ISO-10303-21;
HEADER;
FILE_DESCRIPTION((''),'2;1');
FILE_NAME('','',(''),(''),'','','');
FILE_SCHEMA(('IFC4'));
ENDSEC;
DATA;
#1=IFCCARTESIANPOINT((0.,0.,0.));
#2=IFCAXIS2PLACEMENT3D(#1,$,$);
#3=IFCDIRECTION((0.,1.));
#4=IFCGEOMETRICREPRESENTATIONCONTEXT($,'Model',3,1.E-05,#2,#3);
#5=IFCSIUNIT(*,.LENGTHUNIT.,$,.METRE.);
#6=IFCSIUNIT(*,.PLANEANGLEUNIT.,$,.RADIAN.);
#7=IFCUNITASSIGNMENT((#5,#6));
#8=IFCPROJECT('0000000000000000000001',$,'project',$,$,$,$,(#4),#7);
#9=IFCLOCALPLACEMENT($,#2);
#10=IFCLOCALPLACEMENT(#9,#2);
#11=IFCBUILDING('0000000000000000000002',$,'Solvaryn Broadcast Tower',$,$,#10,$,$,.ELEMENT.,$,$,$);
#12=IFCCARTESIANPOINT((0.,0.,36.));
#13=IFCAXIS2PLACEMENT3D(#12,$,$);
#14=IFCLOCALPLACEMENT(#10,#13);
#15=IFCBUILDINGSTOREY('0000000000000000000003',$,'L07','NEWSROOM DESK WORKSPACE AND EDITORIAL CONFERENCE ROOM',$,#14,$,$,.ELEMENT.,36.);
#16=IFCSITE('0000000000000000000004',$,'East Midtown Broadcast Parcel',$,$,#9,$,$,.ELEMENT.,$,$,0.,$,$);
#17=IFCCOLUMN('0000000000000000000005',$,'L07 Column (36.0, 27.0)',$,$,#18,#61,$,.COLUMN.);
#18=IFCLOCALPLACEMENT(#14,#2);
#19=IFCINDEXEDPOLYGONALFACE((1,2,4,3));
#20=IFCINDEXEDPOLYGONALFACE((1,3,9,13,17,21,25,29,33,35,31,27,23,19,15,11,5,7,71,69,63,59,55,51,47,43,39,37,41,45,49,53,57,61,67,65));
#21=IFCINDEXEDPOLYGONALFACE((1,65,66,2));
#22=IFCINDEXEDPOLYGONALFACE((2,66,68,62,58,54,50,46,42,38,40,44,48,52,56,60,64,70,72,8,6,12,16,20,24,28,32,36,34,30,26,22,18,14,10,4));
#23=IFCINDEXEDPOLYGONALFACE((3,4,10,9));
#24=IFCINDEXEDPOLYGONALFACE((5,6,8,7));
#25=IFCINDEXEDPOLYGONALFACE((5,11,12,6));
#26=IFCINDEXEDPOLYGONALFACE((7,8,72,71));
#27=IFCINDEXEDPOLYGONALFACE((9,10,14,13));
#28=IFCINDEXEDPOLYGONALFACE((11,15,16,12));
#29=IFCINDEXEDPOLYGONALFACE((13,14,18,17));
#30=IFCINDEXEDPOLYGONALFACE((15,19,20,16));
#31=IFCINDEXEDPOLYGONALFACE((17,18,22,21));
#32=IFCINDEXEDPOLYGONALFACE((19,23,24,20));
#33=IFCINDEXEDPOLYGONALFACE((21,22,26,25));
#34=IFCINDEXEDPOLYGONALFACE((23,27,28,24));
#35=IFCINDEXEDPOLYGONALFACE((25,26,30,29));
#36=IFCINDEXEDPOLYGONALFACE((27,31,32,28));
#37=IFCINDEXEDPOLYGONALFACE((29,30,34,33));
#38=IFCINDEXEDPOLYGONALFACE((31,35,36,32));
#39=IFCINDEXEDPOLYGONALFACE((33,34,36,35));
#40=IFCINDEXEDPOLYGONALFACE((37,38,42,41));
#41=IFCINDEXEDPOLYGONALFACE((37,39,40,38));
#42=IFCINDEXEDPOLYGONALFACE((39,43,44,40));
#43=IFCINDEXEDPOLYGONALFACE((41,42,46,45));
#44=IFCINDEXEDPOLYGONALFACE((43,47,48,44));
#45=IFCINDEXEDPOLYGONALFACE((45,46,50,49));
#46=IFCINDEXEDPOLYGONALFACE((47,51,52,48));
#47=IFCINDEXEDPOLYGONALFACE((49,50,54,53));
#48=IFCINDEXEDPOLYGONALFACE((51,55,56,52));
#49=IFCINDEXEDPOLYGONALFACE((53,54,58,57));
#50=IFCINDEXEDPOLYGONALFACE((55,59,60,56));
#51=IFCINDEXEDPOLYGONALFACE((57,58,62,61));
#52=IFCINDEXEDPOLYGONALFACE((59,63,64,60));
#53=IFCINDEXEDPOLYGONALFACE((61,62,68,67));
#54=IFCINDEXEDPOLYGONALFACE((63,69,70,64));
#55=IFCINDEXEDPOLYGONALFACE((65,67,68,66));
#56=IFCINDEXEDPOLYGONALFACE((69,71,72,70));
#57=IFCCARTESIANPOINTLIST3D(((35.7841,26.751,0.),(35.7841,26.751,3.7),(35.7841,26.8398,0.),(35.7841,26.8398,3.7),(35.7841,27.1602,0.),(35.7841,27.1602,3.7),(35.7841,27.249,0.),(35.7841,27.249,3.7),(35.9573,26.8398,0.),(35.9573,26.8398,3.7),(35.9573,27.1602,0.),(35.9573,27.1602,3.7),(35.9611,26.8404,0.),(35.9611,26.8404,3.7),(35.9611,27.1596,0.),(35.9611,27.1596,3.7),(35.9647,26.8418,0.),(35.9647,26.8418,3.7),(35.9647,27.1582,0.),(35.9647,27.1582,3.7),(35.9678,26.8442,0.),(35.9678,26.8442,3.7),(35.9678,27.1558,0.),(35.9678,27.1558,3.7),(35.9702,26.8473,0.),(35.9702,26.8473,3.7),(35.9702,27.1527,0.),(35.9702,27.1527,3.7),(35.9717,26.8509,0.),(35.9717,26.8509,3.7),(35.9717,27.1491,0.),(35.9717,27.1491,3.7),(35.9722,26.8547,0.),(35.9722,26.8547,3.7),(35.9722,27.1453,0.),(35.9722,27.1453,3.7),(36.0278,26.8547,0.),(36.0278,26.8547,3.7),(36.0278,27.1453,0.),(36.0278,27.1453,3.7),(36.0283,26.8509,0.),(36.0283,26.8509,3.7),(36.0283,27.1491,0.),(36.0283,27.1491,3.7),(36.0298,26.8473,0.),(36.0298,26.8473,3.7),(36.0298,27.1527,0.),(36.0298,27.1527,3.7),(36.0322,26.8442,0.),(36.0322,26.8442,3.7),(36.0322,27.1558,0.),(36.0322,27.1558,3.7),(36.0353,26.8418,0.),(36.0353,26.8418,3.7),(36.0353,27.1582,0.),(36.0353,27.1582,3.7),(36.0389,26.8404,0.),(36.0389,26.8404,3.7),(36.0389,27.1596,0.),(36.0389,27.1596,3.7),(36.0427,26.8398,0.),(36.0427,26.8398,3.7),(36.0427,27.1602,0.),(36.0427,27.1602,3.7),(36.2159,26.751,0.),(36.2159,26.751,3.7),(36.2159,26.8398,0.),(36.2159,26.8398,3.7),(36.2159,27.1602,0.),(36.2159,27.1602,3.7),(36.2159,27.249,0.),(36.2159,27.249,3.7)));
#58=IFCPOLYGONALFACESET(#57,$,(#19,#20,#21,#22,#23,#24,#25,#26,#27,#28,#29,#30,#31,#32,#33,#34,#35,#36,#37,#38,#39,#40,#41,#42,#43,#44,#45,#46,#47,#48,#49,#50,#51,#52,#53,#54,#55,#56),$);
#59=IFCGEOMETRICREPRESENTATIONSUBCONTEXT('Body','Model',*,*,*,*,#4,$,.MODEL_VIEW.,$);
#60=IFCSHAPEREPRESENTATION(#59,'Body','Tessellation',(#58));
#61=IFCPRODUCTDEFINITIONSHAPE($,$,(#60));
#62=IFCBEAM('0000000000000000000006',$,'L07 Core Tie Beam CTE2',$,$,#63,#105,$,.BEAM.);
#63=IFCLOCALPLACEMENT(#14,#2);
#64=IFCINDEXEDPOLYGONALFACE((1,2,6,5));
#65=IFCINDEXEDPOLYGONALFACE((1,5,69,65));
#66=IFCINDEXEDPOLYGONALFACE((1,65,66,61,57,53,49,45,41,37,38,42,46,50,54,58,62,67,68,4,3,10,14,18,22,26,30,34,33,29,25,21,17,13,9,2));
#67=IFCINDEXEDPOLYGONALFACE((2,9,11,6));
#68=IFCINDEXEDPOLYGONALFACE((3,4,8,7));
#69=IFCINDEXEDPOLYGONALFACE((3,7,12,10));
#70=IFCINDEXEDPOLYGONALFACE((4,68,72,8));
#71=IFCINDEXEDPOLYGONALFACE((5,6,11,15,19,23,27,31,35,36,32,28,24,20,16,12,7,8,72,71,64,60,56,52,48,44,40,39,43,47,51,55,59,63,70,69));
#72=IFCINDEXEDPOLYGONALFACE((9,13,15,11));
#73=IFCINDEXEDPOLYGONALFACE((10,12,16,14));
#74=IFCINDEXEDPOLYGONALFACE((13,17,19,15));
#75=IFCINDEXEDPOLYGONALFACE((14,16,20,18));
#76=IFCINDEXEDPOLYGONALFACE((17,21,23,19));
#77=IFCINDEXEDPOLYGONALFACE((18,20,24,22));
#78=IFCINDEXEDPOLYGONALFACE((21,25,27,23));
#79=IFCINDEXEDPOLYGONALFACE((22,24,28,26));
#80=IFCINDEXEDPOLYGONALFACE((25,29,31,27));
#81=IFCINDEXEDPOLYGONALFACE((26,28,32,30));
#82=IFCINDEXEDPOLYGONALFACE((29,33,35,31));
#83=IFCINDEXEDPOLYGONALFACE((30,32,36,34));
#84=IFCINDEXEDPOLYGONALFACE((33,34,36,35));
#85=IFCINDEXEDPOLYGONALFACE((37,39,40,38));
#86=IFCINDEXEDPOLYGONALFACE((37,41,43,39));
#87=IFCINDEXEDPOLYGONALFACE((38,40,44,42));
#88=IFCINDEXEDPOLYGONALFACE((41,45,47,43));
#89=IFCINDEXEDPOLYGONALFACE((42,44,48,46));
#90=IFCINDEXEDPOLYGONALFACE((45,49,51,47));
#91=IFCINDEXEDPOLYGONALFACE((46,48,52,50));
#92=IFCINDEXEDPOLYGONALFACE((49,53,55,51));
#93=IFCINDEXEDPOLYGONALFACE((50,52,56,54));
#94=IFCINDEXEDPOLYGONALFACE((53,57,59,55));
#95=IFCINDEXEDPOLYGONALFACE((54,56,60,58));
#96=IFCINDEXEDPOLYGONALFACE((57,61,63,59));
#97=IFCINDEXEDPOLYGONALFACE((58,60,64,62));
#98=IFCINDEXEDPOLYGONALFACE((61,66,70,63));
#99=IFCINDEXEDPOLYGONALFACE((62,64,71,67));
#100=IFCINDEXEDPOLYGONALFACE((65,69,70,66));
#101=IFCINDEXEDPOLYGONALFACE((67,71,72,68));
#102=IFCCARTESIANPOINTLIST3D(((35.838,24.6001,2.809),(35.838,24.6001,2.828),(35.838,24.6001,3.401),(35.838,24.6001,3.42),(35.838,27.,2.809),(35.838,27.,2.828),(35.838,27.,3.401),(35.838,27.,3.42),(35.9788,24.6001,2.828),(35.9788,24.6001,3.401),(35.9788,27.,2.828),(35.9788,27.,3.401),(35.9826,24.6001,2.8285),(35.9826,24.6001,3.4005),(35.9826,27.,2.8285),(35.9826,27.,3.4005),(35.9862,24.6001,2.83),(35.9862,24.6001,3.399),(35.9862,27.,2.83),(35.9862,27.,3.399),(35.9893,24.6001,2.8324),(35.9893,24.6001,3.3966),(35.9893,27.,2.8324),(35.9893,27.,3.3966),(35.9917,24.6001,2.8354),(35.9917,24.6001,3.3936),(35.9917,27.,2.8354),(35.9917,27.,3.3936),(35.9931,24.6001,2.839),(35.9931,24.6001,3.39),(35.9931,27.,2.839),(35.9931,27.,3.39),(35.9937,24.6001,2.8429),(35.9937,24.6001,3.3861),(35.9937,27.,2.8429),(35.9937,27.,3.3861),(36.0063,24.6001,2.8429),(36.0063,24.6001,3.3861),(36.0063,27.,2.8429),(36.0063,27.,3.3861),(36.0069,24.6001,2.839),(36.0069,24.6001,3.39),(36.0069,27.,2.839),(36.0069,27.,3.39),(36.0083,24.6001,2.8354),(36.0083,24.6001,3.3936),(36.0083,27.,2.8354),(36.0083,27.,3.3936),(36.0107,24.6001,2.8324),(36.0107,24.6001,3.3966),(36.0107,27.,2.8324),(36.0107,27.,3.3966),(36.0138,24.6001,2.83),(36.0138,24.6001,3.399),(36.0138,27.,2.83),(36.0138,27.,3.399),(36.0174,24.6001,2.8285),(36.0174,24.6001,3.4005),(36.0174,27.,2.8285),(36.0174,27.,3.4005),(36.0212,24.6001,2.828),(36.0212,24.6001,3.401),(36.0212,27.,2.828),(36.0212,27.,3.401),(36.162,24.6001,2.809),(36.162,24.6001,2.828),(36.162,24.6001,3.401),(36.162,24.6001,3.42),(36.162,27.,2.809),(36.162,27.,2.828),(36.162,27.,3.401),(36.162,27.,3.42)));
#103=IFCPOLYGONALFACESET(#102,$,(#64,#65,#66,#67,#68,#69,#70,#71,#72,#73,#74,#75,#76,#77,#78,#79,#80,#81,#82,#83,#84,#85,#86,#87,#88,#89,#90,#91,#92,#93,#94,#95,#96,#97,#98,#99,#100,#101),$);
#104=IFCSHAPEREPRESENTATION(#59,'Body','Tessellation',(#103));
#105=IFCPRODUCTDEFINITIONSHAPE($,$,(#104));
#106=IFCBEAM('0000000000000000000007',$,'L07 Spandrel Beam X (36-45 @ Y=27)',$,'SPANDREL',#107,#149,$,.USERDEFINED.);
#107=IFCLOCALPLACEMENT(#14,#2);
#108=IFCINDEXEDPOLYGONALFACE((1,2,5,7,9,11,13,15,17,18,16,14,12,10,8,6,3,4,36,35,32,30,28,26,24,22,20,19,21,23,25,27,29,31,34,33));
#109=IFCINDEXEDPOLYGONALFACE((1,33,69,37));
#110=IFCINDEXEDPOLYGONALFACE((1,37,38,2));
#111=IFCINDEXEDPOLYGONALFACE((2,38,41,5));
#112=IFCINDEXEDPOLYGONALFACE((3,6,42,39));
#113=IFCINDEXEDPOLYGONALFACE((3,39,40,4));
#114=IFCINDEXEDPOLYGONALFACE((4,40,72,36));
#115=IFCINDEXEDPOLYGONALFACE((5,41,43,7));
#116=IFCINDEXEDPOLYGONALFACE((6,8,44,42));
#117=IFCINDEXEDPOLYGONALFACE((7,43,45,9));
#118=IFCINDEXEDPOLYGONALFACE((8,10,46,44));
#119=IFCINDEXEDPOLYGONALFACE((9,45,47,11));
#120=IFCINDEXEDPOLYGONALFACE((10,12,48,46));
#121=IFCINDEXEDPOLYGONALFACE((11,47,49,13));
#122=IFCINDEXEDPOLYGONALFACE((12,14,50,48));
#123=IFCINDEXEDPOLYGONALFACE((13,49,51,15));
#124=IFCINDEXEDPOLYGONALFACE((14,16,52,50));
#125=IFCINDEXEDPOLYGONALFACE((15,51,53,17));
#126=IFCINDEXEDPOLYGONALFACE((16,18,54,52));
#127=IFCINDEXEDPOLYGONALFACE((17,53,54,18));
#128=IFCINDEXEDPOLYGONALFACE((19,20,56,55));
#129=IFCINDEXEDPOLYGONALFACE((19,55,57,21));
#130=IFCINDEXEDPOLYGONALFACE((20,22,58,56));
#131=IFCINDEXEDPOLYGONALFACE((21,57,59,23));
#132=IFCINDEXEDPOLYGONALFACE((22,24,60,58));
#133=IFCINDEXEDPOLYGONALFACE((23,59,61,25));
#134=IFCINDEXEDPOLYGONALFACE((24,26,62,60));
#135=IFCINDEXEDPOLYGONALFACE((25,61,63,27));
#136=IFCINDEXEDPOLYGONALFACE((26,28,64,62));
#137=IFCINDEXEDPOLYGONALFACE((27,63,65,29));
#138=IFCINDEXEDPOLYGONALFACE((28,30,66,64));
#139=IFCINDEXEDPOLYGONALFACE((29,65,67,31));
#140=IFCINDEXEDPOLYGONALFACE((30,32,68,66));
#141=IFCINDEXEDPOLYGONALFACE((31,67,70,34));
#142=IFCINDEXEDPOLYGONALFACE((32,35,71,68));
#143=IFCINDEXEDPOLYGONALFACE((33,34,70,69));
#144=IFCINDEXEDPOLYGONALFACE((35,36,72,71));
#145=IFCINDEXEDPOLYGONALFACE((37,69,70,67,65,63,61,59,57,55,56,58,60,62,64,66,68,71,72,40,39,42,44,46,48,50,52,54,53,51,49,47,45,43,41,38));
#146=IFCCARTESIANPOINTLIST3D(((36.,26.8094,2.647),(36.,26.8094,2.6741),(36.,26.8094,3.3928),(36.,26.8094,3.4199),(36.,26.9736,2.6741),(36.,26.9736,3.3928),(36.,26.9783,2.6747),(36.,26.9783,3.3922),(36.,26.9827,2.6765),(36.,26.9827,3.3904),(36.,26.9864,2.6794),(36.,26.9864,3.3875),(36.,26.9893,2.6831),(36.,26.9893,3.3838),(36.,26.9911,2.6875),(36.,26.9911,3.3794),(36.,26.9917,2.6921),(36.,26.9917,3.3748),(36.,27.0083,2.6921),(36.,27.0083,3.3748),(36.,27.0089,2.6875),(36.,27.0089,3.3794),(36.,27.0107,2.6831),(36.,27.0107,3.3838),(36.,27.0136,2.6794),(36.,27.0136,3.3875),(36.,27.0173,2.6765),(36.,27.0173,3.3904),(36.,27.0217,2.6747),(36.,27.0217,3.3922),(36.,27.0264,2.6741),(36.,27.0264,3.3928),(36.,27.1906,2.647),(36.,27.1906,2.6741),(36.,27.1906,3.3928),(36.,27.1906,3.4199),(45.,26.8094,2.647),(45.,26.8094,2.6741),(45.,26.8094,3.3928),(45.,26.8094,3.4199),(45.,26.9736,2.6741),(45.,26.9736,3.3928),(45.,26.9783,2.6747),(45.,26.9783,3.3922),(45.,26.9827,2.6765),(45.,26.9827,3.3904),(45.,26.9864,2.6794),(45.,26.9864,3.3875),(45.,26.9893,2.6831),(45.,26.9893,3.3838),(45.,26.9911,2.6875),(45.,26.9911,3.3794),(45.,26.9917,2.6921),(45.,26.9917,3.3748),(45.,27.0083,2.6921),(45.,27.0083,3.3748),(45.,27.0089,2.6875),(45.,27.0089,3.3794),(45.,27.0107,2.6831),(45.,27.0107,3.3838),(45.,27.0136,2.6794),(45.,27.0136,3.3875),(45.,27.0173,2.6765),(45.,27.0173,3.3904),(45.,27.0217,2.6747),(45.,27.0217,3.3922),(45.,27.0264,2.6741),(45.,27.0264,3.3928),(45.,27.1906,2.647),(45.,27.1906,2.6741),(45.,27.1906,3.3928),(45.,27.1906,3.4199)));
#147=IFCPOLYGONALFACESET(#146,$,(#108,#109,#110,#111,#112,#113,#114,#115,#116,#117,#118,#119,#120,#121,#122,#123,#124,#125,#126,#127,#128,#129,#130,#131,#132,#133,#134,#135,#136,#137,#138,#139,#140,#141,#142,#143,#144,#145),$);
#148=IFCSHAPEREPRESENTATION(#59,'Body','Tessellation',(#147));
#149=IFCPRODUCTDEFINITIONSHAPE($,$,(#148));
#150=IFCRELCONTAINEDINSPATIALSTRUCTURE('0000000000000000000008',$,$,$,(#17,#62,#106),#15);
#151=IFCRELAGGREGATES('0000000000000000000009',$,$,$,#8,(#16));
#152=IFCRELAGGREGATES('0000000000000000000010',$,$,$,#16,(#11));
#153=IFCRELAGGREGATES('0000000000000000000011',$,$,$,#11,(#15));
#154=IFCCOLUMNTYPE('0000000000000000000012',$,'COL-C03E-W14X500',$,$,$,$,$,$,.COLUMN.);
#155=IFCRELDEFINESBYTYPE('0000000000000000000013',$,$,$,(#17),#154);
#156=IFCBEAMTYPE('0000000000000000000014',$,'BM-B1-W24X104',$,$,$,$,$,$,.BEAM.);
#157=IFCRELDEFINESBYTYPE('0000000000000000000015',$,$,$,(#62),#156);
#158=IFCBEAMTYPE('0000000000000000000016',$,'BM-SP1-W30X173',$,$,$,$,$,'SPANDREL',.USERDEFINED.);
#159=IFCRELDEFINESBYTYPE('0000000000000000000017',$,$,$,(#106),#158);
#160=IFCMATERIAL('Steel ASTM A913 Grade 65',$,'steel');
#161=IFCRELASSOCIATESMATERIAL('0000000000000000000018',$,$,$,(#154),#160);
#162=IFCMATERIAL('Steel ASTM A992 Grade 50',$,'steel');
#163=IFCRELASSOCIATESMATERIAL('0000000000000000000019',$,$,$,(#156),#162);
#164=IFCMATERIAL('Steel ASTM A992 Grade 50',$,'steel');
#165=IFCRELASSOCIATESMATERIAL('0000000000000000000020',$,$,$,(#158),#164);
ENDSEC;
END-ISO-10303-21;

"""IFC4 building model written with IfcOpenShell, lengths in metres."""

from ifc_helpers import new_model, si_unit, direction, frame, origin, origin_2d, place, context, subcontext, project, spatial, i_section, extrude, material, material_profile, profile_set, type_object, element, save


model = new_model("IFC4")

# Units and contexts
model_context = context("Model", 3, precision=1e-05, world=origin(), true_north=direction((0.0, 1.0)))
body_context = subcontext(model_context, "Body", "Model", "MODEL_VIEW")
ifc_project = project(units=[si_unit("LENGTHUNIT", "METRE"), si_unit("PLANEANGLEUNIT", "RADIAN")], contexts=[model_context])

# Site, building, storey
site_placement = place(None, origin())
site = spatial("IfcSite", under=ifc_project, at=site_placement, Name="East Midtown Broadcast Parcel", CompositionType="ELEMENT", RefElevation=0.0)
building_placement = place(site_placement, origin())
building = spatial("IfcBuilding", under=site, at=building_placement, Name="Solvaryn Broadcast Tower", CompositionType="ELEMENT")
storey_placement = place(building_placement, frame((0.0, 0.0, 36.0)))
storey = spatial("IfcBuildingStorey", under=building, at=storey_placement, Name="L07", Description="NEWSROOM DESK WORKSPACE AND EDITORIAL CONFERENCE ROOM", CompositionType="ELEMENT", Elevation=36.0)

# Column
ifc_material_1 = material(Name="Steel ASTM A913 Grade 65", Category="steel")
ifc_material_profile_1 = material_profile(ifc_material_1, i_section(OverallWidth=0.4319, OverallDepth=0.498, WebThickness=0.0557, FlangeThickness=0.0889, FilletRadius=0.0149, at=origin_2d()))
ifc_profile_set_1 = profile_set([ifc_material_profile_1], Name="Steel ASTM A913 Grade 65")
column_type = type_object("IfcColumnType", Name="COL-C03E-W14X500", PredefinedType="COLUMN", material=ifc_profile_set_1)
column_placement = place(storey_placement, frame((36.0, 27.0, 0.0), z_axis=(0.0, 0.0, 1.0), x_axis=(1.0, 0.0, 0.0)))
element("IfcColumn", 1, at=column_placement, inside=storey, type_object=column_type, Name="L07 Column (36.0, 27.0)", PredefinedType="COLUMN", context=body_context, shape_type="SweptSolid", body=[
    extrude(i_section(OverallWidth=0.4319, OverallDepth=0.498, WebThickness=0.0557, FlangeThickness=0.0889, FilletRadius=0.0149, at=origin_2d()), origin(), (0.0, 0.0, 1.0), 3.7),
])

# Beams
ifc_material_2 = material(Name="Steel ASTM A992 Grade 50", Category="steel")
ifc_material_profile_2 = material_profile(ifc_material_2, i_section(OverallWidth=0.324, OverallDepth=0.6111, WebThickness=0.0127, FlangeThickness=0.019, FilletRadius=0.0149, at=origin_2d()))
ifc_profile_set_2 = profile_set([ifc_material_profile_2], Name="Steel ASTM A992 Grade 50")
beam_type_1 = type_object("IfcBeamType", Name="BM-B1-W24X104", PredefinedType="BEAM", material=ifc_profile_set_2)
beam_1_placement = place(storey_placement, frame((36.0, 24.6001, 3.1145), z_axis=(0.0, 1.0, 0.0), x_axis=(-1.0, 0.0, 0.0)))
element("IfcBeam", 2, at=beam_1_placement, inside=storey, type_object=beam_type_1, Name="L07 Core Tie Beam CTE2", PredefinedType="BEAM", context=body_context, shape_type="SweptSolid", body=[
    extrude(i_section(OverallWidth=0.324, OverallDepth=0.6111, WebThickness=0.0127, FlangeThickness=0.019, FilletRadius=0.0149, at=origin_2d()), origin(), (0.0, 0.0, 1.0), 2.3999),
])
ifc_material_3 = material(Name="Steel ASTM A992 Grade 50", Category="steel")
ifc_material_profile_3 = material_profile(ifc_material_3, i_section(OverallWidth=0.3811, OverallDepth=0.7729, WebThickness=0.0166, FlangeThickness=0.0271, FilletRadius=0.0181, at=origin_2d()))
ifc_profile_set_3 = profile_set([ifc_material_profile_3], Name="Steel ASTM A992 Grade 50")
beam_type_2 = type_object("IfcBeamType", Name="BM-SP1-W30X173", ElementType="SPANDREL", PredefinedType="USERDEFINED", material=ifc_profile_set_3)
beam_2_placement = place(storey_placement, frame((36.0, 27.0, 3.0334), z_axis=(1.0, 0.0, 0.0), x_axis=(0.0, 1.0, 0.0)))
element("IfcBeam", 3, at=beam_2_placement, inside=storey, type_object=beam_type_2, Name="L07 Spandrel Beam X (36-45 @ Y=27)", ObjectType="SPANDREL", PredefinedType="USERDEFINED", context=body_context, shape_type="SweptSolid", body=[
    extrude(i_section(OverallWidth=0.3811, OverallDepth=0.7729, WebThickness=0.0166, FlangeThickness=0.0271, FilletRadius=0.0181, at=origin_2d()), origin(), (0.0, 0.0, 1.0), 9.0),
])

save(model, "model.ifc")
